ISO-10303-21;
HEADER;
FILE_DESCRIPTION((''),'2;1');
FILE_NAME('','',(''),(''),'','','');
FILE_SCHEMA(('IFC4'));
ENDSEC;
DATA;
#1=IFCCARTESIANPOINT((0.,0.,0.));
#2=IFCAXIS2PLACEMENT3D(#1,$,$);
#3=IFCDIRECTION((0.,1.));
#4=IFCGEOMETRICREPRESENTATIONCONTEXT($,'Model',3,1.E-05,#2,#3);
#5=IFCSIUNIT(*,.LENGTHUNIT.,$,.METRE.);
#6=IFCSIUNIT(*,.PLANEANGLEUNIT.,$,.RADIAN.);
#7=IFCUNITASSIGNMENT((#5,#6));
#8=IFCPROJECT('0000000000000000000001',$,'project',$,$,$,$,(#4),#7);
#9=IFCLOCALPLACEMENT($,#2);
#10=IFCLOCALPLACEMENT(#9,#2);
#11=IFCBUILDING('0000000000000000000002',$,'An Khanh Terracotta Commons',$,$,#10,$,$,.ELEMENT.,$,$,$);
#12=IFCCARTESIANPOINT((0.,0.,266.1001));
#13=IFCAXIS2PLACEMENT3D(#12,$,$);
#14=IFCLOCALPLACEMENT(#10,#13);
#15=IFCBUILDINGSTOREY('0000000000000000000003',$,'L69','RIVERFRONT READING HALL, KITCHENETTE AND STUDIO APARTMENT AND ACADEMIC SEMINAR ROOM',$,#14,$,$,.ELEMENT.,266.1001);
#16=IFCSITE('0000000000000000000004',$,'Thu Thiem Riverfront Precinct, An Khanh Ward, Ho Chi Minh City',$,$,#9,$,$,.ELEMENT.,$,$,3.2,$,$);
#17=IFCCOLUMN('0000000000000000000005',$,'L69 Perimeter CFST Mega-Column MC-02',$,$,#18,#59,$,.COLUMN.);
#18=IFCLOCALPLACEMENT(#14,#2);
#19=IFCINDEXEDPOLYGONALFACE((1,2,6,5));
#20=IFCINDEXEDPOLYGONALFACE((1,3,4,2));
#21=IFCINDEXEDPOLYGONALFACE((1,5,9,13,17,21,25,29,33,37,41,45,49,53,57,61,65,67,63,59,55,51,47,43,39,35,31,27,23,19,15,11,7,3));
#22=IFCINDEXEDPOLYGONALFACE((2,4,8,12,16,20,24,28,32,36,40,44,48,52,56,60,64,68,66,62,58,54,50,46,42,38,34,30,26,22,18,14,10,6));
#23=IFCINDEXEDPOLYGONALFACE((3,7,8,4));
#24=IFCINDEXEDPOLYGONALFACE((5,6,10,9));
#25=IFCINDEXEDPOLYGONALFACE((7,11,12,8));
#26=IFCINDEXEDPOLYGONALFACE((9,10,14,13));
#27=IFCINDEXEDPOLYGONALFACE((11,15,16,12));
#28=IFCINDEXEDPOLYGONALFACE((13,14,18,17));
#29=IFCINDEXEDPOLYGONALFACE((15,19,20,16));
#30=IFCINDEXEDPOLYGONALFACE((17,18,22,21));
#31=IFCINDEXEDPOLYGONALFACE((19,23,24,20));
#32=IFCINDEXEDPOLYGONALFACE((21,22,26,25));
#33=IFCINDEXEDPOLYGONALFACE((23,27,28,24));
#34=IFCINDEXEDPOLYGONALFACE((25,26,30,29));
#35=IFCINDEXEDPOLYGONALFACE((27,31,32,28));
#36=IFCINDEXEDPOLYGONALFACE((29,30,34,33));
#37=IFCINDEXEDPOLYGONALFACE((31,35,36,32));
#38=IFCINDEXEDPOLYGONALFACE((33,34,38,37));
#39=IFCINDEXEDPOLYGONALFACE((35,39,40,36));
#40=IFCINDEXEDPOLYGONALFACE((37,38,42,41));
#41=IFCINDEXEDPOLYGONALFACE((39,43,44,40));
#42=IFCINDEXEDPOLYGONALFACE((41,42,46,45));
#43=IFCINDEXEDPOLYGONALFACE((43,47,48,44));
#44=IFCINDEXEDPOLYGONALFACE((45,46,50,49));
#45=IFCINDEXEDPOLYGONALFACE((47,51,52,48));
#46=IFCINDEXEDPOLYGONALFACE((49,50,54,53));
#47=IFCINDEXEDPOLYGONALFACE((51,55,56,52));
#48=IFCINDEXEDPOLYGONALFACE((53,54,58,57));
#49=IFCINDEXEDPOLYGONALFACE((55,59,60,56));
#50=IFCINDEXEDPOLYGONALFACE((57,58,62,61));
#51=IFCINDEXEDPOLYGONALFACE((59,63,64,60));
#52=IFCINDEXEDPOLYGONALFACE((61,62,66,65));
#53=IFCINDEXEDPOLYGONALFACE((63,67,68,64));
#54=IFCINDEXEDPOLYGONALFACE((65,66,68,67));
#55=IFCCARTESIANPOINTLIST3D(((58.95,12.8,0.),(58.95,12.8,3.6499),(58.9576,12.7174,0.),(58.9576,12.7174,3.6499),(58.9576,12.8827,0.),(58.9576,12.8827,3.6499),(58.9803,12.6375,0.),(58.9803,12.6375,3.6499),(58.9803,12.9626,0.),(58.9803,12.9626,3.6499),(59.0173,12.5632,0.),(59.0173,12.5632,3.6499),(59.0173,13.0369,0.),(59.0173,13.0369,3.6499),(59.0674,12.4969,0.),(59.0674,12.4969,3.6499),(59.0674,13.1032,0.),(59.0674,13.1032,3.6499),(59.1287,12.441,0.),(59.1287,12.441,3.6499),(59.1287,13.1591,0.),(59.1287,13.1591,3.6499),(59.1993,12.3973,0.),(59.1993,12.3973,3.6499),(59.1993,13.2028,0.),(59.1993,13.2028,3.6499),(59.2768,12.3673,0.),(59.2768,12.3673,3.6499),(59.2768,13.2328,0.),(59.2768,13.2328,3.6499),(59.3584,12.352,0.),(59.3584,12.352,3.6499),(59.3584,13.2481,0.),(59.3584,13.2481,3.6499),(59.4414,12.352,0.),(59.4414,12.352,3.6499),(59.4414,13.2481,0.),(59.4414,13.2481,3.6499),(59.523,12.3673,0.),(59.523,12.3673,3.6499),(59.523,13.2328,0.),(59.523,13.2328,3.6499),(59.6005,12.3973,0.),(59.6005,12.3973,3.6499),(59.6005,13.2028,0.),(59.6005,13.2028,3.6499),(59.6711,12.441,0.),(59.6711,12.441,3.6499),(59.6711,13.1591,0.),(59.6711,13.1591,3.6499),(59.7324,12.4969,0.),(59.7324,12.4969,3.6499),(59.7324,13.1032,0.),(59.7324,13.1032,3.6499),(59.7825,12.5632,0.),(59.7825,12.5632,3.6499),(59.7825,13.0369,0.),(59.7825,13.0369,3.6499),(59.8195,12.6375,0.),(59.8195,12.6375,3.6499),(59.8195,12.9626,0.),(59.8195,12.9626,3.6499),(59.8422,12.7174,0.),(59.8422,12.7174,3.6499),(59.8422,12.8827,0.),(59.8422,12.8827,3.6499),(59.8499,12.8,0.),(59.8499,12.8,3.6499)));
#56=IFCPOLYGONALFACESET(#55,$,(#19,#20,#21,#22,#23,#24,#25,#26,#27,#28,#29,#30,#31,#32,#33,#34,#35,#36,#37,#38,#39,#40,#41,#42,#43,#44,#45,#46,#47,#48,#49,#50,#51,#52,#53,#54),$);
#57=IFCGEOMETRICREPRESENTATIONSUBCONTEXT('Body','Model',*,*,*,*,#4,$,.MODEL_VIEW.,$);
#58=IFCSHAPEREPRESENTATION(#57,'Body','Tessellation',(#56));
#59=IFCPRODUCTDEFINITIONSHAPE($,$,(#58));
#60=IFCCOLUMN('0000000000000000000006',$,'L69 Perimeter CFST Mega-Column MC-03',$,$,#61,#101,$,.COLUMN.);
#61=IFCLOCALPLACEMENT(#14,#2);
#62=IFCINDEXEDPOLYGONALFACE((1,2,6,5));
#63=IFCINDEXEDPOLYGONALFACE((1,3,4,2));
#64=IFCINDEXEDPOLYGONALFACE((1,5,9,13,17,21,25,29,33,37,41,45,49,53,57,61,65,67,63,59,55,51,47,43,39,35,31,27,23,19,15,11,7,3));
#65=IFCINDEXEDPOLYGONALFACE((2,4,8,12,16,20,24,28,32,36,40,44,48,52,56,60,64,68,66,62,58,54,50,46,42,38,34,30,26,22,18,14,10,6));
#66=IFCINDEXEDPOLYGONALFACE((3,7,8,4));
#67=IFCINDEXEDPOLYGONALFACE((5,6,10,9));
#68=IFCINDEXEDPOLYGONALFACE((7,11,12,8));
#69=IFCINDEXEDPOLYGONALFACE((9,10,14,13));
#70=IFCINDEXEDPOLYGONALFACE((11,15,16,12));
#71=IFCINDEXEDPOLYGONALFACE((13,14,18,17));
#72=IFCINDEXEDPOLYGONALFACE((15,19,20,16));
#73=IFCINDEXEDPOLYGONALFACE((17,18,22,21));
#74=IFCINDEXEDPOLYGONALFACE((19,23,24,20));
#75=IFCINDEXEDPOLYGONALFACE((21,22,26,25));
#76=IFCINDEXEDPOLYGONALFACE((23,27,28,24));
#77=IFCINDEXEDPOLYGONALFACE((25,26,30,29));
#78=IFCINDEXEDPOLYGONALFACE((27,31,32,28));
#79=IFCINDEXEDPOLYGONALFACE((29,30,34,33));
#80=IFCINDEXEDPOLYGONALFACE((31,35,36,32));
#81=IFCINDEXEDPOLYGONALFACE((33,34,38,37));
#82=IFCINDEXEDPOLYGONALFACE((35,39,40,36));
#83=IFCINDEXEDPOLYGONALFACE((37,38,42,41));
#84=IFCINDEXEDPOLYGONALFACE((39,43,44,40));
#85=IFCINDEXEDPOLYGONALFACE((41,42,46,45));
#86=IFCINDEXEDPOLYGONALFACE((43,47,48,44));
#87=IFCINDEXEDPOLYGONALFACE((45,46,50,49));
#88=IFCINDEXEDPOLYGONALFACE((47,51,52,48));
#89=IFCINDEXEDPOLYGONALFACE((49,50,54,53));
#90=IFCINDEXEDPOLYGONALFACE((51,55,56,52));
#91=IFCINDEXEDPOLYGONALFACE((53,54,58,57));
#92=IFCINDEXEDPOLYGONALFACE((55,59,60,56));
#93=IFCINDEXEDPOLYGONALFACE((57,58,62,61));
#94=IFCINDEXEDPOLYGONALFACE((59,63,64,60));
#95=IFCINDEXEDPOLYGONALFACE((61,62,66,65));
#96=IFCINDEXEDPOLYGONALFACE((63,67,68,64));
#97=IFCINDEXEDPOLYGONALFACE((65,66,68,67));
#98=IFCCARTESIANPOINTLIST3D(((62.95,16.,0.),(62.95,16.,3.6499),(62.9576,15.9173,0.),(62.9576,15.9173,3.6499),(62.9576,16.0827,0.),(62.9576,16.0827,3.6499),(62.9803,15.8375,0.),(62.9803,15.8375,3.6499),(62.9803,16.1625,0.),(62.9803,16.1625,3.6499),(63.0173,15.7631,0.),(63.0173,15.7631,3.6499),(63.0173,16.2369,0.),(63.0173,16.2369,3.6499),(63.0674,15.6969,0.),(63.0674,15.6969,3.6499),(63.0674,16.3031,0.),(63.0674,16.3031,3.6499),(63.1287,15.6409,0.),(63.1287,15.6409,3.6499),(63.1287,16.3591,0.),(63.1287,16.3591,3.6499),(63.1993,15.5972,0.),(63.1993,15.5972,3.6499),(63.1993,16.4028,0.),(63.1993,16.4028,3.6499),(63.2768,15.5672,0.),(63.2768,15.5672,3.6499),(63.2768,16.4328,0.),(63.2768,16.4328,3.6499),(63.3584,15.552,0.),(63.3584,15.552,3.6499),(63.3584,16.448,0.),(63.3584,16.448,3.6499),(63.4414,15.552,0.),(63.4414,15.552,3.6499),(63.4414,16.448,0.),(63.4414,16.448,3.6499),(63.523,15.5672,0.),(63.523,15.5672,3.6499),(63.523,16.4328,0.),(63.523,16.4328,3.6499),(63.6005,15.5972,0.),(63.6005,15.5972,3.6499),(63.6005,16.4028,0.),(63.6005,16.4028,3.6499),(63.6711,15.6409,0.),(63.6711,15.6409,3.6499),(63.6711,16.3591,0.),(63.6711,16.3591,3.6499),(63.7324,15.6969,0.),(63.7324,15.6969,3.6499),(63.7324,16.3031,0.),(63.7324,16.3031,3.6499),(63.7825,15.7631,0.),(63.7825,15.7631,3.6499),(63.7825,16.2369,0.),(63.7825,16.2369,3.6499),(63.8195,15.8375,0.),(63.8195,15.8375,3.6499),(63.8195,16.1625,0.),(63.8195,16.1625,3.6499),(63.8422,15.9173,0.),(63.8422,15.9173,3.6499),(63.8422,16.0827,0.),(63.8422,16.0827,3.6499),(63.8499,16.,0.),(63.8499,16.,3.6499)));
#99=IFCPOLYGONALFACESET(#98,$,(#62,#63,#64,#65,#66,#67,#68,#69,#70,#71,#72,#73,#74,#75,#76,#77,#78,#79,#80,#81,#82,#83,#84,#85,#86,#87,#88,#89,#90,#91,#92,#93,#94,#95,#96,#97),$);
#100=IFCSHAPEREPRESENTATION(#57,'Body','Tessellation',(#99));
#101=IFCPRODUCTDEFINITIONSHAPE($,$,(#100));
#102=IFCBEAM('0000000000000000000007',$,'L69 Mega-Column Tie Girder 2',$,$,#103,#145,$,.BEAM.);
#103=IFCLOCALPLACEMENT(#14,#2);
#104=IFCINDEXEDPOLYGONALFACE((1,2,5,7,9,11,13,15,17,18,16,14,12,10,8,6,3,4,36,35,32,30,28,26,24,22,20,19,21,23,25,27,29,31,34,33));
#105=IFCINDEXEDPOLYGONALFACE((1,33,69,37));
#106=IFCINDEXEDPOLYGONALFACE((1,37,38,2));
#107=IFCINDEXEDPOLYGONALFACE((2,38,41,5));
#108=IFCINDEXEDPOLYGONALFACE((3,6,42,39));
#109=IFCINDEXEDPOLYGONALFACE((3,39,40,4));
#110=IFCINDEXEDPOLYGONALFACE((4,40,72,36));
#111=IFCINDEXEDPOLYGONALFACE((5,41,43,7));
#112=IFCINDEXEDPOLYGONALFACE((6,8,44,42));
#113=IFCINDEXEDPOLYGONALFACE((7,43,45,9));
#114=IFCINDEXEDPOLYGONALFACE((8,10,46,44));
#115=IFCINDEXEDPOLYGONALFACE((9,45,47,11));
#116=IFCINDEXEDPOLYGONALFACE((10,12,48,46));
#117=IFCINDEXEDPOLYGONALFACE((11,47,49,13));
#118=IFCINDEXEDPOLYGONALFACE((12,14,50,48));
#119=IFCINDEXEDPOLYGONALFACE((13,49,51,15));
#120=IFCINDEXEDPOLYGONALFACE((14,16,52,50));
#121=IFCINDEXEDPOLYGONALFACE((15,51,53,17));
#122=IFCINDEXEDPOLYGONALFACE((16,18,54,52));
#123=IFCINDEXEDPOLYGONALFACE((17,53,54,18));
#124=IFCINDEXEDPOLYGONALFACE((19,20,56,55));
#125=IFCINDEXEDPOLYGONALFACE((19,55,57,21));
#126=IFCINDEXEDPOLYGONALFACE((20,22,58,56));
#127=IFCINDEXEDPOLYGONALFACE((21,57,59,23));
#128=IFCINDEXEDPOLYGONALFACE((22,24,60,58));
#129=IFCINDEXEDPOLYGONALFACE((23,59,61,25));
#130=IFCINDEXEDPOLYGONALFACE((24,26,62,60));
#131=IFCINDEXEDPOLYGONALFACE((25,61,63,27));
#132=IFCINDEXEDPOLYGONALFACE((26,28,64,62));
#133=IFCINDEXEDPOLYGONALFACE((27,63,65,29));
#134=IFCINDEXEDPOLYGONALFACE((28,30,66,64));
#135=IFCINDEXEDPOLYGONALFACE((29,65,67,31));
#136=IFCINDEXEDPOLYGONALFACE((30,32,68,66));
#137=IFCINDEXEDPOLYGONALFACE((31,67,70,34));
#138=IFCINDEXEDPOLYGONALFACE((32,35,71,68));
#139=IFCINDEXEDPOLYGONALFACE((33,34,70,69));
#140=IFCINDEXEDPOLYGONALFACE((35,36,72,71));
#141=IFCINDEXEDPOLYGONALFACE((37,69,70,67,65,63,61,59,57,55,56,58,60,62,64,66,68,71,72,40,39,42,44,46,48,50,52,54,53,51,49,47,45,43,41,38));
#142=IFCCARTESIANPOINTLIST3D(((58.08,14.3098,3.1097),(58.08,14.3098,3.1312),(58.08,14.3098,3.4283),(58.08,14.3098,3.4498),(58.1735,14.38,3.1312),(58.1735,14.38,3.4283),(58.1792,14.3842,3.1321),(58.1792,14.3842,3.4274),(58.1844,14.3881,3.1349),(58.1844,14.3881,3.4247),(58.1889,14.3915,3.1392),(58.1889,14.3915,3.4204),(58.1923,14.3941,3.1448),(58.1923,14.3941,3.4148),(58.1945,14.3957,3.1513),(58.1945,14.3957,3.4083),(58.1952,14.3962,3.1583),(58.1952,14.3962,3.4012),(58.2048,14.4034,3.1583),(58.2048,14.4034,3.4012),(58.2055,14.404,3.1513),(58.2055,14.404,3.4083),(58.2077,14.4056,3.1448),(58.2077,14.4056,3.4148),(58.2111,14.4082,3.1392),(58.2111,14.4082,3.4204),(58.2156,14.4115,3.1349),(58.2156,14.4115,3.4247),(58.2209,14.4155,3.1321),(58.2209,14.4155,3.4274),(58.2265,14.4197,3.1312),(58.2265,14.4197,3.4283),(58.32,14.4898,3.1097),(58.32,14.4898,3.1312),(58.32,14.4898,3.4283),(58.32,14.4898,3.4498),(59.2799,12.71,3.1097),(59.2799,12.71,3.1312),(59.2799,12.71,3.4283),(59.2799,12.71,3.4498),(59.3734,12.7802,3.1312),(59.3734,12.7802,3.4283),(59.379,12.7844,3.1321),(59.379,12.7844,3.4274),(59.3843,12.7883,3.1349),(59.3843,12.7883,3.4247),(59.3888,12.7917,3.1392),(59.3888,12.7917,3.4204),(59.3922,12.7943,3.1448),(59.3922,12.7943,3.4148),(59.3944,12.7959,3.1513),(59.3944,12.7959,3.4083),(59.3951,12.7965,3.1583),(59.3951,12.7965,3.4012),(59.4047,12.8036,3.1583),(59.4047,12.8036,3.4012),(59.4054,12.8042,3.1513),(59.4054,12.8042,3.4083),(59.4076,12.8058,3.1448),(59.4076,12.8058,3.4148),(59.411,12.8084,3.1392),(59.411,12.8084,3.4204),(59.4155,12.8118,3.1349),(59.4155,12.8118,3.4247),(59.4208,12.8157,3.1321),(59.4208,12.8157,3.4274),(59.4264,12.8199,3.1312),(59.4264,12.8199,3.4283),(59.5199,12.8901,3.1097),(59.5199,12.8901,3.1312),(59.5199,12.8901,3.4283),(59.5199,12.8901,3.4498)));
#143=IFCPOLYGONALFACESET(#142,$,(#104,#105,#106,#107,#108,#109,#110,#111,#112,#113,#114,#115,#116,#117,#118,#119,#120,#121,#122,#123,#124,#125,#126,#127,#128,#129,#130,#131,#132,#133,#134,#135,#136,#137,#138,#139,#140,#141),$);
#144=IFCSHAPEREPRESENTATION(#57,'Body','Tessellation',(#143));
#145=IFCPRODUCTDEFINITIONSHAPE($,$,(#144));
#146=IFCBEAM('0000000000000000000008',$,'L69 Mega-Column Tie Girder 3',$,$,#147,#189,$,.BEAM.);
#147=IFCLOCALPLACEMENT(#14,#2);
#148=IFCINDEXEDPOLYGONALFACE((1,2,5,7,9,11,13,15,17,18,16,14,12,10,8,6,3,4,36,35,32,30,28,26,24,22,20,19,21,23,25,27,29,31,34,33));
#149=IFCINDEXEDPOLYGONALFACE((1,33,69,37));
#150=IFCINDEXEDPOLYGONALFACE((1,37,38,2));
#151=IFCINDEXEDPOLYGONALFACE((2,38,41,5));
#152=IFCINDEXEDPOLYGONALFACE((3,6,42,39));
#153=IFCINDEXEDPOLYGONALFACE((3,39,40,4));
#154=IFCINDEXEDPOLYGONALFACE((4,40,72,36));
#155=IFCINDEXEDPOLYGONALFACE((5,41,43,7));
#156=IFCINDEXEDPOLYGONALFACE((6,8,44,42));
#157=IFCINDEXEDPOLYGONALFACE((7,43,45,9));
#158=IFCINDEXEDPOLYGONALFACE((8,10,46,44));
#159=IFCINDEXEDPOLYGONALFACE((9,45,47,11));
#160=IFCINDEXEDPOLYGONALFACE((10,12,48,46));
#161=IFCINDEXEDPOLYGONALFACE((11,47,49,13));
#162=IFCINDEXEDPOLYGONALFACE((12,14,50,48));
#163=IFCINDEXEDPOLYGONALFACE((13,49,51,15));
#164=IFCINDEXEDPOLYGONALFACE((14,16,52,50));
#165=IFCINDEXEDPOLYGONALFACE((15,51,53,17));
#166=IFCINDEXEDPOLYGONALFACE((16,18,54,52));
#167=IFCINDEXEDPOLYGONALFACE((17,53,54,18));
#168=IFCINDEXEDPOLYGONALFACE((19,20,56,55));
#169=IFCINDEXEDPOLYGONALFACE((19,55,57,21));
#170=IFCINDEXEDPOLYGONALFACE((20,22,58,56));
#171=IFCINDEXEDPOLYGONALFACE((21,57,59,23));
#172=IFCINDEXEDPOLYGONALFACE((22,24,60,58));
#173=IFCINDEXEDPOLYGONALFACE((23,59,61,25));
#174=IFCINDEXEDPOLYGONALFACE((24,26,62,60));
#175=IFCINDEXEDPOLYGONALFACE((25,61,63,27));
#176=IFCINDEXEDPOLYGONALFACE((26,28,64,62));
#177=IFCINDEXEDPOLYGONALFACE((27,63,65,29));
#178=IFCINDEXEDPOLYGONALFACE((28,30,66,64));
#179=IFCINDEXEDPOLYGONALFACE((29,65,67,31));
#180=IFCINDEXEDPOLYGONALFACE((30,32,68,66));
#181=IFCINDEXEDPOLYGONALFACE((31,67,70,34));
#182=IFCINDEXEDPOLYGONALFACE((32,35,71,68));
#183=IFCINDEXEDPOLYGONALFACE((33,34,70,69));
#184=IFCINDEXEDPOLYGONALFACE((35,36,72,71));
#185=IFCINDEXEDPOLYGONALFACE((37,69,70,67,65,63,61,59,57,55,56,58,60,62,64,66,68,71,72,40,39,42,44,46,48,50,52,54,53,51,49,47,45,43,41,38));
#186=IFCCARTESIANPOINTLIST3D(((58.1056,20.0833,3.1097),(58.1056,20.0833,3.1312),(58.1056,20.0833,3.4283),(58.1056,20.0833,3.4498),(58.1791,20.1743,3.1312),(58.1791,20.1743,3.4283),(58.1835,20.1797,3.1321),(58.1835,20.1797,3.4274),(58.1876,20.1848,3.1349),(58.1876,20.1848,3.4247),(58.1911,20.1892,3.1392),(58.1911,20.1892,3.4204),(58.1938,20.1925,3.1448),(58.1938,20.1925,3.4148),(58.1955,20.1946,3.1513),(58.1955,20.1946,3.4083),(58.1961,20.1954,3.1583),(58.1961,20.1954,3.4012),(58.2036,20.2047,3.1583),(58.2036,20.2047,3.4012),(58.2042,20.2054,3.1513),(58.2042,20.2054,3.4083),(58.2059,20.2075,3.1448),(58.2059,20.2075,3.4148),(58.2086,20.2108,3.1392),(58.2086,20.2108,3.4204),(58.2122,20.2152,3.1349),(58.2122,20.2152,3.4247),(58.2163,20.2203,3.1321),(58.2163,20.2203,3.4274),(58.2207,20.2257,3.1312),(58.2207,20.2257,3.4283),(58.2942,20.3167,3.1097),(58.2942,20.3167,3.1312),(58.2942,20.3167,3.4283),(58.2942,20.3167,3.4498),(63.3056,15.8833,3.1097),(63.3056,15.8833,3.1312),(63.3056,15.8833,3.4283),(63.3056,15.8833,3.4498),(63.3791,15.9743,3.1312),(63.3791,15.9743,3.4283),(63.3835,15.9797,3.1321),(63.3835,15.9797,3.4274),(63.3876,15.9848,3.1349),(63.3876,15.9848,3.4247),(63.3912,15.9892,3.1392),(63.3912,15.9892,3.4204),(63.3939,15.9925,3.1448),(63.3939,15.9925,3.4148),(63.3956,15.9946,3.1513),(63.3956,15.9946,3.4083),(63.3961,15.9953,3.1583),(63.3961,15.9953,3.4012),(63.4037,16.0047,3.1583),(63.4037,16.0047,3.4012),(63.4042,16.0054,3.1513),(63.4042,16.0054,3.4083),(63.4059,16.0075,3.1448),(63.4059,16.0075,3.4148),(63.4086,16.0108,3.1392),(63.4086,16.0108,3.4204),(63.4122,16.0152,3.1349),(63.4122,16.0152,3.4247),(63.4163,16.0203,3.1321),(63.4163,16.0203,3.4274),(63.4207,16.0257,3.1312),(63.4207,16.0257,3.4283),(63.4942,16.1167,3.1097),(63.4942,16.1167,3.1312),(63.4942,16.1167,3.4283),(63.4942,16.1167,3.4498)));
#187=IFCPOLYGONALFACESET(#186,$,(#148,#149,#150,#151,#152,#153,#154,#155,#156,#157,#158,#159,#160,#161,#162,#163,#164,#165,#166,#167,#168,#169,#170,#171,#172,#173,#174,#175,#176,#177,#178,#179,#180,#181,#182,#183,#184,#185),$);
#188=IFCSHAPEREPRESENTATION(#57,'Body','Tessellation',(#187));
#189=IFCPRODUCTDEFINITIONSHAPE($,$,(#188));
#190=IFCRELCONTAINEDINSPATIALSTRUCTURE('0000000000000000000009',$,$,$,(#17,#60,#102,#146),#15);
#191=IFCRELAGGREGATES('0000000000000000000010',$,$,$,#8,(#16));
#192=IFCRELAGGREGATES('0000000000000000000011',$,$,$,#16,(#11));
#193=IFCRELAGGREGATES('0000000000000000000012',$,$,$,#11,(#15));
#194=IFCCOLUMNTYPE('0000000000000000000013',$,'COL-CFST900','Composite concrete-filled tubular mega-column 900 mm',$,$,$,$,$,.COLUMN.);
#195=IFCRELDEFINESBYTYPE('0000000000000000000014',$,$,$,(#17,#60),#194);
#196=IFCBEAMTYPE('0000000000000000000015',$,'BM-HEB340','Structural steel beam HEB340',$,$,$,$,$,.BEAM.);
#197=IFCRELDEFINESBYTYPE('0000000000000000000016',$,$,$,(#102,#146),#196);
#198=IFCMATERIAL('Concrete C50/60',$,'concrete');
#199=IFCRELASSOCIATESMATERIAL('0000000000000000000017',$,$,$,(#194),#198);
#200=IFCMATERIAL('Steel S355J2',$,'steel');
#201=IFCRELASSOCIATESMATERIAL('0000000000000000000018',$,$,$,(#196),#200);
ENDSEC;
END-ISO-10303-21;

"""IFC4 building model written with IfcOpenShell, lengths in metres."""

from ifc_helpers import new_model, si_unit, direction, frame, origin, origin_2d, place, context, subcontext, project, spatial, circle, i_section, extrude, material, material_profile, profile_set, type_object, element, save


model = new_model("IFC4")

# Units and contexts
model_context = context("Model", 3, precision=1e-05, world=origin(), true_north=direction((0.0, 1.0)))
body_context = subcontext(model_context, "Body", "Model", "MODEL_VIEW")
ifc_project = project(units=[si_unit("LENGTHUNIT", "METRE"), si_unit("PLANEANGLEUNIT", "RADIAN")], contexts=[model_context])

# Site, building, storey
site_placement = place(None, origin())
site = spatial("IfcSite", under=ifc_project, at=site_placement, Name="Thu Thiem Riverfront Precinct, An Khanh Ward, Ho Chi Minh City", CompositionType="ELEMENT", RefElevation=3.2)
building_placement = place(site_placement, origin())
building = spatial("IfcBuilding", under=site, at=building_placement, Name="An Khanh Terracotta Commons", CompositionType="ELEMENT")
storey_placement = place(building_placement, frame((0.0, 0.0, 266.1001)))
storey = spatial("IfcBuildingStorey", under=building, at=storey_placement, Name="L69", Description="RIVERFRONT READING HALL, KITCHENETTE AND STUDIO APARTMENT AND ACADEMIC SEMINAR ROOM", CompositionType="ELEMENT", Elevation=266.1001)

# Columns
ifc_material_1 = material(Name="Concrete C50/60", Category="concrete")
ifc_material_profile_1 = material_profile(ifc_material_1, circle(Radius=0.45, at=origin_2d()), Name="CFST900")
ifc_profile_set_1 = profile_set([ifc_material_profile_1], Name="Concrete C50/60")
column_type = type_object("IfcColumnType", Name="COL-CFST900", Description="Composite concrete-filled tubular mega-column 900 mm", PredefinedType="COLUMN", material=ifc_profile_set_1)
for number, where, z_axis, x_axis, name in (
    (1, (59.3999, 12.8, 0.0), (0.0, 0.0, 1.0), (1.0, 0.0, 0.0), "L69 Perimeter CFST Mega-Column MC-02"),
    (2, (63.3999, 16.0, 0.0), (0.0, 0.0, 1.0), (1.0, 0.0, 0.0), "L69 Perimeter CFST Mega-Column MC-03"),
):
    element("IfcColumn", number, at=place(storey_placement, frame(where, z_axis=z_axis, x_axis=x_axis)), inside=storey, type_object=column_type, Name=name, PredefinedType="COLUMN", context=body_context, shape_type="SweptSolid", body=[
        extrude(circle(Radius=0.45, at=origin_2d()), origin(), (0.0, 0.0, 1.0), 3.6499),
    ])

# Beams
ifc_material_2 = material(Name="Steel S355J2", Category="steel")
ifc_material_profile_2 = material_profile(ifc_material_2, i_section(OverallWidth=0.3, OverallDepth=0.3401, WebThickness=0.012, FlangeThickness=0.0215, FilletRadius=0.0271, at=origin_2d()), Name="HEB340")
ifc_profile_set_2 = profile_set([ifc_material_profile_2], Name="Steel S355J2")
beam_type_1 = type_object("IfcBeamType", Name="BM-HEB340", Description="Structural steel beam HEB340", PredefinedType="BEAM", material=ifc_profile_set_2)
beam_1_placement = place(storey_placement, frame((59.3999, 12.8, 3.2798), z_axis=(-0.60002, 0.799985, 0.0), x_axis=(-0.799985, -0.60002, 0.0)))
element("IfcBeam", 3, at=beam_1_placement, inside=storey, type_object=beam_type_1, Name="L69 Mega-Column Tie Girder 2", PredefinedType="BEAM", context=body_context, shape_type="SweptSolid", body=[
    extrude(i_section(OverallWidth=0.3, OverallDepth=0.3401, WebThickness=0.012, FlangeThickness=0.0215, FilletRadius=0.0271, at=origin_2d()), origin(), (0.0, 0.0, 1.0), 1.9998),
])
beam_2_placement = place(storey_placement, frame((63.3999, 16.0, 3.2798), z_axis=(-0.777942, 0.628336, 0.0), x_axis=(-0.628336, -0.777942, 0.0)))
element("IfcBeam", 4, at=beam_2_placement, inside=storey, type_object=beam_type_1, Name="L69 Mega-Column Tie Girder 3", PredefinedType="BEAM", context=body_context, shape_type="SweptSolid", body=[
    extrude(i_section(OverallWidth=0.3, OverallDepth=0.3401, WebThickness=0.012, FlangeThickness=0.0215, FilletRadius=0.0271, at=origin_2d()), origin(), (0.0, 0.0, 1.0), 6.6843),
])

save(model, "model.ifc")
